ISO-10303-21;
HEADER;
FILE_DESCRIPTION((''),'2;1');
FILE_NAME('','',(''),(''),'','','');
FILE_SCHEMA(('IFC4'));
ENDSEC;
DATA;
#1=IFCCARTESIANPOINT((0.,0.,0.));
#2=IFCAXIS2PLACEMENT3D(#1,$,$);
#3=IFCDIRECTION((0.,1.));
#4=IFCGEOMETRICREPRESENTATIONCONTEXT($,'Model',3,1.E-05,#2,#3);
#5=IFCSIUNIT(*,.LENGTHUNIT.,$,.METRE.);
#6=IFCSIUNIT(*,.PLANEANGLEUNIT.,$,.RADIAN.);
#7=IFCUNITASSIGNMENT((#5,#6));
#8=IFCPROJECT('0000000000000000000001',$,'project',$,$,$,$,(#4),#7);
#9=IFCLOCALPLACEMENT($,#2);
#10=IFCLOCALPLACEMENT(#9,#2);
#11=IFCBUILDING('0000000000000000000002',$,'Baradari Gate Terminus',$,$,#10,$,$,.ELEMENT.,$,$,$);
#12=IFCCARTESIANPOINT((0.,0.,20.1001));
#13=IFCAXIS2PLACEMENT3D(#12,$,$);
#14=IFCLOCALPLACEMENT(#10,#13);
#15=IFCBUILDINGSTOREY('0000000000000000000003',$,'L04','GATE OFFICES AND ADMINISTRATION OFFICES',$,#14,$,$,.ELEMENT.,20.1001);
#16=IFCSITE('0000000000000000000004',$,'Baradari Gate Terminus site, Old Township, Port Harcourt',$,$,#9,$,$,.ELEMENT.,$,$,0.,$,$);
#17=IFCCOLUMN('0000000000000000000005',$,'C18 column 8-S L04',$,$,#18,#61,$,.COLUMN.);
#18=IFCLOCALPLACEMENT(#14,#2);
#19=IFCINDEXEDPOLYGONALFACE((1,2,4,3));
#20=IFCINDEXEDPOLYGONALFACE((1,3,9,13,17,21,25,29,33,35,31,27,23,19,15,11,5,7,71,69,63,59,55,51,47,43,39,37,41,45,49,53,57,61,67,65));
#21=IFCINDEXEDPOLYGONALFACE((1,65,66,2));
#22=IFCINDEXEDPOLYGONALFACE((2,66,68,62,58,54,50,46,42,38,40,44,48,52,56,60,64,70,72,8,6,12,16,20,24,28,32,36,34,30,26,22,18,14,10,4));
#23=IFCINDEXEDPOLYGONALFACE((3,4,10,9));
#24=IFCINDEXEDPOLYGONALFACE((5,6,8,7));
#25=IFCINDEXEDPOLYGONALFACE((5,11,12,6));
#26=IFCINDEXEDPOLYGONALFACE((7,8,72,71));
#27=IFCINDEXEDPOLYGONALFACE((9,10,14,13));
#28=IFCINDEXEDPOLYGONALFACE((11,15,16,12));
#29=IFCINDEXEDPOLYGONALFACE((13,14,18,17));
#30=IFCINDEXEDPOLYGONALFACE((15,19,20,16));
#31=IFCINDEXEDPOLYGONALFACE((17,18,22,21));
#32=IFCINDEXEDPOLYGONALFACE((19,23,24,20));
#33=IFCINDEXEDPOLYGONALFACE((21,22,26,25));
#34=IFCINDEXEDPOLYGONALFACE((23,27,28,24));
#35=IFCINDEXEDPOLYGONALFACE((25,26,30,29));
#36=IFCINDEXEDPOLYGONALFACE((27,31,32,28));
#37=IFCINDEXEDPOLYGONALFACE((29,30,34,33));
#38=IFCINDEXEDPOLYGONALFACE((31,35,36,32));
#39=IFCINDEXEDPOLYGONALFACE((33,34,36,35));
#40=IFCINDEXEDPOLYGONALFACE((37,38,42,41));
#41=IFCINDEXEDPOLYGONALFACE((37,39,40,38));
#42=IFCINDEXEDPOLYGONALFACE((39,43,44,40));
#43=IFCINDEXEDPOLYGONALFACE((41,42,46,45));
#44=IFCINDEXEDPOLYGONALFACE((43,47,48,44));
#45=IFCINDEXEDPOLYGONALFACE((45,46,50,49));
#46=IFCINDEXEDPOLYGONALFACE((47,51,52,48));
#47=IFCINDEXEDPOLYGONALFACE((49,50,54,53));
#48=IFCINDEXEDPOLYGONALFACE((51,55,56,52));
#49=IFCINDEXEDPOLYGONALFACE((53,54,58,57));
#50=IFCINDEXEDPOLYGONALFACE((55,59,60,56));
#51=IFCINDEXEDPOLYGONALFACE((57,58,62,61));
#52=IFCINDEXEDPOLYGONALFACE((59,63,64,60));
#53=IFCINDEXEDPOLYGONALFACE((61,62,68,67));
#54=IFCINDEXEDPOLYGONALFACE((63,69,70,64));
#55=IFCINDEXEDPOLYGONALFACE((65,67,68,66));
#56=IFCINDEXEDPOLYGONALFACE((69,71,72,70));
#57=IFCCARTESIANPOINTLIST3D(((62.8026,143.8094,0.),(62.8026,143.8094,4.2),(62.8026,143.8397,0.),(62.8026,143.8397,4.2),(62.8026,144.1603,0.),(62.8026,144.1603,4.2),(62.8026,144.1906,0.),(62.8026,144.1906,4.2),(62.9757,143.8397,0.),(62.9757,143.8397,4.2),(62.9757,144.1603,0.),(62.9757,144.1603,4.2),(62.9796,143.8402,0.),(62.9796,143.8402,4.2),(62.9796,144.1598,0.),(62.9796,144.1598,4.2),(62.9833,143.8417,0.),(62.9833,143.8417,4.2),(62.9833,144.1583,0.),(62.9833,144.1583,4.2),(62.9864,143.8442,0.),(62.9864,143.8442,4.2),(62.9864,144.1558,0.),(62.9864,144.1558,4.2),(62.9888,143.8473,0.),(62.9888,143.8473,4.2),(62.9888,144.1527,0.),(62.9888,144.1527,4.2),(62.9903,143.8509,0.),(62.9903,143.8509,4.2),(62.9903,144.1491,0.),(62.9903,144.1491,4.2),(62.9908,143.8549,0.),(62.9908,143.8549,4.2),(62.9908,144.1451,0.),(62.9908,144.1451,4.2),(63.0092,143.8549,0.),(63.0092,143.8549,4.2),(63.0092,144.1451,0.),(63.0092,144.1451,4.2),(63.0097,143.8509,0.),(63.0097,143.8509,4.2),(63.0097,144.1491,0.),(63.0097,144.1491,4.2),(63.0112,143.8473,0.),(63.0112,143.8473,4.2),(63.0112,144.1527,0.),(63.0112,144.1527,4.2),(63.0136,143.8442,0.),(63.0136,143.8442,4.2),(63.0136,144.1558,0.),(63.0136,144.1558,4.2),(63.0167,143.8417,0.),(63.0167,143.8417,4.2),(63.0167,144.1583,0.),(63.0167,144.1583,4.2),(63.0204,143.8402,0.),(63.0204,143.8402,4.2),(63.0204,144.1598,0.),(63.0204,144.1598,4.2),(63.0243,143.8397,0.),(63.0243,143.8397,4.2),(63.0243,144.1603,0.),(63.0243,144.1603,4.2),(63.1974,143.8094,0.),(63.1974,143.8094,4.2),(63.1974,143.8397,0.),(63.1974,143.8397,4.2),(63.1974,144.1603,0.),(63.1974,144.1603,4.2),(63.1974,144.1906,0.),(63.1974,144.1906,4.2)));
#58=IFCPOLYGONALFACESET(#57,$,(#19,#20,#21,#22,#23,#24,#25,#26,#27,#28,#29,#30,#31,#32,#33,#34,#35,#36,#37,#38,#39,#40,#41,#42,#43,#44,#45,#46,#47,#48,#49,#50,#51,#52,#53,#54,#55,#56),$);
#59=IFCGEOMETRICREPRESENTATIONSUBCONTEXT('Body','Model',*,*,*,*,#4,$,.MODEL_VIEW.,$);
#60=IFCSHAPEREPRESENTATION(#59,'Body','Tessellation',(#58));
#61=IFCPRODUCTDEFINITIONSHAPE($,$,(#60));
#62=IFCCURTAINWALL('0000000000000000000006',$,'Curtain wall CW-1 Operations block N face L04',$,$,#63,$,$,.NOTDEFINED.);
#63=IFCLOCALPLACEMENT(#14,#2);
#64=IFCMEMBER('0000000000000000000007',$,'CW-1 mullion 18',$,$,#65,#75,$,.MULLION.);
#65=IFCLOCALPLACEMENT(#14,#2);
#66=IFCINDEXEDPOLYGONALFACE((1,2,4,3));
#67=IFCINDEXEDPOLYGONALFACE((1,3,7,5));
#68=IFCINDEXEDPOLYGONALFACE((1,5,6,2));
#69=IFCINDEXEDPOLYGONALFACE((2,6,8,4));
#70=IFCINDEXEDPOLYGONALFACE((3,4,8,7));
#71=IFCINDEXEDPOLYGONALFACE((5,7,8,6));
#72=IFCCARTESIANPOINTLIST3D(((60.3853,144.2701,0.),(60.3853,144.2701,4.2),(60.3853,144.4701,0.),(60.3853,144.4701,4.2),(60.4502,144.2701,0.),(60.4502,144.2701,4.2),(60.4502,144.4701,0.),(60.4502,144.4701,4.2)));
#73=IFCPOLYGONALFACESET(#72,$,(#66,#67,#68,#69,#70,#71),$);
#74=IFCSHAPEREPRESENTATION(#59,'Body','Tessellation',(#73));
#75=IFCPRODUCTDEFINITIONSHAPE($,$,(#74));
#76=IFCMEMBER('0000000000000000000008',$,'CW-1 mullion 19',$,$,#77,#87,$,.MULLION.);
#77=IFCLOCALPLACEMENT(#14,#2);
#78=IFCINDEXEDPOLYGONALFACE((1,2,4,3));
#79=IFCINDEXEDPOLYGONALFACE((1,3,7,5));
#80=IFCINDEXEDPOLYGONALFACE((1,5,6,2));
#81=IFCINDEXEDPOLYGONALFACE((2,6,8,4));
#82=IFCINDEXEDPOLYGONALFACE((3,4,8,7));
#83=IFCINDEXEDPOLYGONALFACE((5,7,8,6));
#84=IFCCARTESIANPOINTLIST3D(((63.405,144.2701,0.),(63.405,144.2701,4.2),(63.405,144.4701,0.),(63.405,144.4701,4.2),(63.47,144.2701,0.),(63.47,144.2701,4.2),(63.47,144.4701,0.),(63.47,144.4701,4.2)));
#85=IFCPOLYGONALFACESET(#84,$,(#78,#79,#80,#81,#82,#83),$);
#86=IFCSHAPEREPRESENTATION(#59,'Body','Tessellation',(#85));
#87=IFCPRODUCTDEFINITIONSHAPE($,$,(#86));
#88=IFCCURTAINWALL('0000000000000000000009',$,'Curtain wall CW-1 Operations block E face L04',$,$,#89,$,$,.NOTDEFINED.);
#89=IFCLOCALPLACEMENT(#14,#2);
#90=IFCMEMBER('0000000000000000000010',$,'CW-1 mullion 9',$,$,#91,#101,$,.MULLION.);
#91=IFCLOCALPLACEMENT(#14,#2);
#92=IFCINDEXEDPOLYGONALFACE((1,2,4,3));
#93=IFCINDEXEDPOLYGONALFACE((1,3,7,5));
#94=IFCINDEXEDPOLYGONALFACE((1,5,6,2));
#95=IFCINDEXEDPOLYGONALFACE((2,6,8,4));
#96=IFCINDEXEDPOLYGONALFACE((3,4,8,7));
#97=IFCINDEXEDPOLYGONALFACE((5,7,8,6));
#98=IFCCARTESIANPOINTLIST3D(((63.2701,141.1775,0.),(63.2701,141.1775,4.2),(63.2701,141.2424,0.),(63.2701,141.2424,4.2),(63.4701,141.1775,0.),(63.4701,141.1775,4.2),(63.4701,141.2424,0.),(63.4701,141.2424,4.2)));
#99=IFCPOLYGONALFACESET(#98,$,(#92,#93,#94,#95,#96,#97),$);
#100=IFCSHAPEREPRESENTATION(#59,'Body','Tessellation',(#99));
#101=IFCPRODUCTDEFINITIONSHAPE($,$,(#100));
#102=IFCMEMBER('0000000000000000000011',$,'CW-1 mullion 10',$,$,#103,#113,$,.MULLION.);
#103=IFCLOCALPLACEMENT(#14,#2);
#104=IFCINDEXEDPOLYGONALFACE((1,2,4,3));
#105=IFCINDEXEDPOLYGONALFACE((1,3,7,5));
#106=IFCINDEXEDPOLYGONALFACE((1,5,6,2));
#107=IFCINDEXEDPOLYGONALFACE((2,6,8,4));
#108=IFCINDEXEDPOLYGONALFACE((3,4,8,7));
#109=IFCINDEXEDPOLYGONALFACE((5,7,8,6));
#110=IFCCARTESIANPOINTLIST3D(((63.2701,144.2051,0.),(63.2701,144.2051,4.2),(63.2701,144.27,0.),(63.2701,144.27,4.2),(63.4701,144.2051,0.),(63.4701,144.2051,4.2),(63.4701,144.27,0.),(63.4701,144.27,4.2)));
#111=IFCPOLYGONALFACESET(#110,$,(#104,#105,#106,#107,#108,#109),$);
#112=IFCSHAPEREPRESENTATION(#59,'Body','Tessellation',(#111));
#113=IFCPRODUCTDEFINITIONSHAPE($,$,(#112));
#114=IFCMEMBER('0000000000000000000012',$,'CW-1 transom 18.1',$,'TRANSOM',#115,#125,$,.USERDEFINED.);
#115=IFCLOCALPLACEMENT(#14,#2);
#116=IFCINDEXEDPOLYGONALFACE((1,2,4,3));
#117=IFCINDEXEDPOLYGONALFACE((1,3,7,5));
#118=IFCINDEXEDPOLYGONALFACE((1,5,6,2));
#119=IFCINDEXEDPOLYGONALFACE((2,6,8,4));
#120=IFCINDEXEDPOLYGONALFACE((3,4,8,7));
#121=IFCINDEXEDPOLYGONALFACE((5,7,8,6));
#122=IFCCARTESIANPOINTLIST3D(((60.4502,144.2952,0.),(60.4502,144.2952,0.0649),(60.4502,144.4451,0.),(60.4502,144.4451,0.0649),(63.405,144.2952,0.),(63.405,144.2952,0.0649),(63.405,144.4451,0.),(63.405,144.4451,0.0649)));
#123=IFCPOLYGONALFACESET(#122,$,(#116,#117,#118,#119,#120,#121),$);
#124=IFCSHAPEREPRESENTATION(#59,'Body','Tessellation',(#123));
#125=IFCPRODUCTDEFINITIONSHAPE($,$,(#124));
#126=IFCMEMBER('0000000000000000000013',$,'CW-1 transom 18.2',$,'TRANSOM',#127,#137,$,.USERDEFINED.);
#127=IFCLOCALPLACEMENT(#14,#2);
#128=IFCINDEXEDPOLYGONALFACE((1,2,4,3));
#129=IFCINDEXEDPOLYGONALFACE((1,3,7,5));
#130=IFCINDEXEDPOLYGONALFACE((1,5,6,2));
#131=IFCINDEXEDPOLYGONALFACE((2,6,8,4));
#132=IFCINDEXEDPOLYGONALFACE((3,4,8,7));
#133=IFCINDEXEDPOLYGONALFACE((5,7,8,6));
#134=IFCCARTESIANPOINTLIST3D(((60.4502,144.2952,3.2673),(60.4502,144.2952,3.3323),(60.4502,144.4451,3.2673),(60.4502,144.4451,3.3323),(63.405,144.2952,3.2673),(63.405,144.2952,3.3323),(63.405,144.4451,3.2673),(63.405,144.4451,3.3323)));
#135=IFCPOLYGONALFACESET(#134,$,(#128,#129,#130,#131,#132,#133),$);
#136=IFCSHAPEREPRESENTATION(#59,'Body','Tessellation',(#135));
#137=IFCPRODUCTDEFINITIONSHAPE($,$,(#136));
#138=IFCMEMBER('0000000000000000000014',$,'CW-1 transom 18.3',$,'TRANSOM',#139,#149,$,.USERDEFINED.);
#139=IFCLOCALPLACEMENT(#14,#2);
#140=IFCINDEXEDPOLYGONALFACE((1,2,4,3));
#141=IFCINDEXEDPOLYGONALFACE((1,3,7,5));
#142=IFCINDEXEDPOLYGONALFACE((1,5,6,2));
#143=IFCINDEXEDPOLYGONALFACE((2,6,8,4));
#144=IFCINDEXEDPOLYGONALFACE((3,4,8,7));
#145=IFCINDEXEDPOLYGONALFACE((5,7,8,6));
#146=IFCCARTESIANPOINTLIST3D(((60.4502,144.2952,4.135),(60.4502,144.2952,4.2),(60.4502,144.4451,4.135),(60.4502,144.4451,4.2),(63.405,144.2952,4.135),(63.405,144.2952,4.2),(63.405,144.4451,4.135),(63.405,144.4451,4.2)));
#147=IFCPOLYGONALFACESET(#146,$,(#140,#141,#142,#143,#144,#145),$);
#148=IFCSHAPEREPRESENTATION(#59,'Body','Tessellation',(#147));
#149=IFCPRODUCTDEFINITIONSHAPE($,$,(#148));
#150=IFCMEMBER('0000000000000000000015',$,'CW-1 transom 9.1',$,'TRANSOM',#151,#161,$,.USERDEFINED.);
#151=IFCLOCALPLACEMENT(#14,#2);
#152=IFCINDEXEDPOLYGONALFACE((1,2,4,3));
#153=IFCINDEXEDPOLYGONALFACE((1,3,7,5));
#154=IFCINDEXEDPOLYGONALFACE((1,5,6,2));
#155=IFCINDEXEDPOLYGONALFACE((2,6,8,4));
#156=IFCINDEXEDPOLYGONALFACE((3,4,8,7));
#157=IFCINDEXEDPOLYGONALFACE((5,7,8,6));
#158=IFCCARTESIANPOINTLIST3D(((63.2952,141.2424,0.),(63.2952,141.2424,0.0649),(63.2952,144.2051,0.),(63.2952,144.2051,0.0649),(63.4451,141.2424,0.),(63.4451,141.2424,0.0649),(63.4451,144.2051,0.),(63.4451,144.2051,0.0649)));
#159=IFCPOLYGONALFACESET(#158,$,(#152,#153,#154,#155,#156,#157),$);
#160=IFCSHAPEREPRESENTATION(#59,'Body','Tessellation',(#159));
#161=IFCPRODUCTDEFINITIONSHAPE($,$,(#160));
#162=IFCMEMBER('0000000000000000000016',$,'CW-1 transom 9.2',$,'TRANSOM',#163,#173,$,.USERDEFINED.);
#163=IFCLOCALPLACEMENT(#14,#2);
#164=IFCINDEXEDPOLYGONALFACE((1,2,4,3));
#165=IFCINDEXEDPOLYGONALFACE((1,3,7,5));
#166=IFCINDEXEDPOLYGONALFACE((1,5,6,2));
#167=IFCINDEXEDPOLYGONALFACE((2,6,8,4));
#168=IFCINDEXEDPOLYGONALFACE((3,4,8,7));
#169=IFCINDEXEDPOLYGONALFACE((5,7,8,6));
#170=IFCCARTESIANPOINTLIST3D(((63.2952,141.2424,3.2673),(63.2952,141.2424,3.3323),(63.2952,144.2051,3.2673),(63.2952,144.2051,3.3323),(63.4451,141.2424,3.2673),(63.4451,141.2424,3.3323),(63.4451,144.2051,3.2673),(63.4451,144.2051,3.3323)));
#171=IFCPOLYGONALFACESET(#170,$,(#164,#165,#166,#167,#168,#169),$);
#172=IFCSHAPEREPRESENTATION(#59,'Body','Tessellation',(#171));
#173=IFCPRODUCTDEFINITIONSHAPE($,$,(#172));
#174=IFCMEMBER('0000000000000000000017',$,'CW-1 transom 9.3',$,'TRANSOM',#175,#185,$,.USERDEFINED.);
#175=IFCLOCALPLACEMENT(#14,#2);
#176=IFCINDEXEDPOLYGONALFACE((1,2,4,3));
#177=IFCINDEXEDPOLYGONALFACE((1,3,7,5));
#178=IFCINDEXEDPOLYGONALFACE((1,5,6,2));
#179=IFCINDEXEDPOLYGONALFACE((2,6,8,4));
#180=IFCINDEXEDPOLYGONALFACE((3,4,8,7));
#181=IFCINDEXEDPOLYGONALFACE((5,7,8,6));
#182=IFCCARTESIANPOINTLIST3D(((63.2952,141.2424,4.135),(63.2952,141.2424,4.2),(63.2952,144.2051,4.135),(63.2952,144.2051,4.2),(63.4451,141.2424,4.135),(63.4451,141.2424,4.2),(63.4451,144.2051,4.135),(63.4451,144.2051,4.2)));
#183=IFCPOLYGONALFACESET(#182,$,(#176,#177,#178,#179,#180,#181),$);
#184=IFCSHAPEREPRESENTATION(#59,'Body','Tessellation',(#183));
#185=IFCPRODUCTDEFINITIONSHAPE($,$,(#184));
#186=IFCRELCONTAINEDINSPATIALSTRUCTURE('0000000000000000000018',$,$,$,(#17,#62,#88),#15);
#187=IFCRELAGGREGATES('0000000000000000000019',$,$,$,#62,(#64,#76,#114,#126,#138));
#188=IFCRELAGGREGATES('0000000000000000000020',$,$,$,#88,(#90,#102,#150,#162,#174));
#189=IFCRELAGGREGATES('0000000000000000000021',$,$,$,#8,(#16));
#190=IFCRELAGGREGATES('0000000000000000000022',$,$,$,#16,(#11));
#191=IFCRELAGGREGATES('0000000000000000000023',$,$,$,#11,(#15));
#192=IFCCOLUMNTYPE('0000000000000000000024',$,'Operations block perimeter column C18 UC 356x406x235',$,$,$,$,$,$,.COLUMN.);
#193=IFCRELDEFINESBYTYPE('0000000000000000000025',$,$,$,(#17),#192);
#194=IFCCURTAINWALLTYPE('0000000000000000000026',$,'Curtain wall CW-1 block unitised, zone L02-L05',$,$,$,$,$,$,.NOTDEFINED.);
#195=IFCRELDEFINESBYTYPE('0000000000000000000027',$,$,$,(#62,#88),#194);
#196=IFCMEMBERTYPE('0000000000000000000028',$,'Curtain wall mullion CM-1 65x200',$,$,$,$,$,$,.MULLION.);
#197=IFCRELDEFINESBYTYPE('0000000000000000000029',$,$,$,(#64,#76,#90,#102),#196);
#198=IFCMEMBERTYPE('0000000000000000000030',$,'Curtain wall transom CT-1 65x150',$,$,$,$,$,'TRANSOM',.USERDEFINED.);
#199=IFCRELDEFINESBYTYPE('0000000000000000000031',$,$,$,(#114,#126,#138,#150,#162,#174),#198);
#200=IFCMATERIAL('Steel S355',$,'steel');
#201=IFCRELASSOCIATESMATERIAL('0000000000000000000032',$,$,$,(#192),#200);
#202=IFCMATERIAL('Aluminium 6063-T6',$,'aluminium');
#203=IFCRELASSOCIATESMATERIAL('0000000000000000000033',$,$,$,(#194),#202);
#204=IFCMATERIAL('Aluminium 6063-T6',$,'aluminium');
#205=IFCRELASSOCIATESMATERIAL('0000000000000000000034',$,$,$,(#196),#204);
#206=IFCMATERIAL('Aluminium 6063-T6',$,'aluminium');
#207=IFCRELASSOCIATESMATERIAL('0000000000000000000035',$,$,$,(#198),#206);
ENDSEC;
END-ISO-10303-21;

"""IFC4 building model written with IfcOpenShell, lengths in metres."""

from ifc_helpers import new_model, si_unit, direction, frame, origin, origin_2d, place, context, subcontext, project, spatial, rectangle, i_section, extrude, material, material_profile, profile_set, type_object, element, aggregate, save


model = new_model("IFC4")

# Units and contexts
model_context = context("Model", 3, precision=1e-05, world=origin(), true_north=direction((0.0, 1.0)))
body_context = subcontext(model_context, "Body", "Model", "MODEL_VIEW")
ifc_project = project(units=[si_unit("LENGTHUNIT", "METRE"), si_unit("PLANEANGLEUNIT", "RADIAN")], contexts=[model_context])

# Site, building, storey
site_placement = place(None, origin())
site = spatial("IfcSite", under=ifc_project, at=site_placement, Name="Baradari Gate Terminus site, Old Township, Port Harcourt", CompositionType="ELEMENT", RefElevation=0.0)
building_placement = place(site_placement, origin())
building = spatial("IfcBuilding", under=site, at=building_placement, Name="Baradari Gate Terminus", CompositionType="ELEMENT")
storey_placement = place(building_placement, frame((0.0, 0.0, 20.1001)))
storey = spatial("IfcBuildingStorey", under=building, at=storey_placement, Name="L04", Description="GATE OFFICES AND ADMINISTRATION OFFICES", CompositionType="ELEMENT", Elevation=20.1001)

# Column
ifc_material_1 = material(Name="Steel S355", Category="steel")
ifc_material_profile_1 = material_profile(ifc_material_1, i_section(OverallWidth=0.3948, OverallDepth=0.3811, WebThickness=0.0183, FlangeThickness=0.0303, FilletRadius=0.0151, at=origin_2d()), Name="UC 356x406x235")
ifc_profile_set_1 = profile_set([ifc_material_profile_1], Name="Steel S355")
column_type = type_object("IfcColumnType", Name="Operations block perimeter column C18 UC 356x406x235", PredefinedType="COLUMN", material=ifc_profile_set_1)
column_placement = place(storey_placement, frame((63.0, 144.0, 0.0), z_axis=(0.0, 0.0, 1.0), x_axis=(1.0, 0.0, 0.0)))
element("IfcColumn", 1, at=column_placement, inside=storey, type_object=column_type, Name="C18 column 8-S L04", PredefinedType="COLUMN", context=body_context, shape_type="SweptSolid", body=[
    extrude(i_section(OverallWidth=0.3948, OverallDepth=0.3811, WebThickness=0.0183, FlangeThickness=0.0303, FilletRadius=0.0151, at=origin_2d()), origin(), (0.0, 0.0, 1.0), 4.2),
])

# Curtain walls, members
ifc_material_2 = material(Name="Aluminium 6063-T6", Category="aluminium")
curtain_wall_type = type_object("IfcCurtainWallType", Name="Curtain wall CW-1 block unitised, zone L02-L05", PredefinedType="NOTDEFINED", material=ifc_material_2)
curtain_wall_1_placement = place(storey_placement, origin())
curtain_wall_1 = element("IfcCurtainWall", 2, at=curtain_wall_1_placement, inside=storey, type_object=curtain_wall_type, Name="Curtain wall CW-1 Operations block N face L04", PredefinedType="NOTDEFINED")
ifc_material_3 = material(Name="Aluminium 6063-T6", Category="aluminium")
ifc_material_profile_2 = material_profile(ifc_material_3, rectangle(XDim=0.2, YDim=0.0649, at=origin_2d()), Name="CM-1 65X200")
ifc_profile_set_2 = profile_set([ifc_material_profile_2], Name="Aluminium 6063-T6")
member_type_1 = type_object("IfcMemberType", Name="Curtain wall mullion CM-1 65x200", PredefinedType="MULLION", material=ifc_profile_set_2)
member_1_placement = place(storey_placement, frame((60.4177, 144.3701, 0.0), z_axis=(0.0, 0.0, 1.0), x_axis=(0.0, 1.0, 0.0)))
member_1 = element("IfcMember", 3, at=member_1_placement, type_object=member_type_1, Name="CW-1 mullion 18", PredefinedType="MULLION", context=body_context, shape_type="SweptSolid", body=[
    extrude(rectangle(XDim=0.2, YDim=0.0649, at=origin_2d()), origin(), (0.0, 0.0, 1.0), 4.2),
])
member_2_placement = place(storey_placement, frame((63.4375, 144.3701, 0.0), z_axis=(0.0, 0.0, 1.0), x_axis=(0.0, 1.0, 0.0)))
member_2 = element("IfcMember", 4, at=member_2_placement, type_object=member_type_1, Name="CW-1 mullion 19", PredefinedType="MULLION", context=body_context, shape_type="SweptSolid", body=[
    extrude(rectangle(XDim=0.2, YDim=0.0649, at=origin_2d()), origin(), (0.0, 0.0, 1.0), 4.2),
])
curtain_wall_2_placement = place(storey_placement, origin())
curtain_wall_2 = element("IfcCurtainWall", 5, at=curtain_wall_2_placement, inside=storey, type_object=curtain_wall_type, Name="Curtain wall CW-1 Operations block E face L04", PredefinedType="NOTDEFINED")
member_3_placement = place(storey_placement, frame((63.3701, 141.21, 0.0), z_axis=(0.0, 0.0, 1.0), x_axis=(-1.0, 0.0, 0.0)))
member_3 = element("IfcMember", 6, at=member_3_placement, type_object=member_type_1, Name="CW-1 mullion 9", PredefinedType="MULLION", context=body_context, shape_type="SweptSolid", body=[
    extrude(rectangle(XDim=0.2, YDim=0.0649, at=origin_2d()), origin(), (0.0, 0.0, 1.0), 4.2),
])
member_4_placement = place(storey_placement, frame((63.3701, 144.2375, 0.0), z_axis=(0.0, 0.0, 1.0), x_axis=(-1.0, 0.0, 0.0)))
member_4 = element("IfcMember", 7, at=member_4_placement, type_object=member_type_1, Name="CW-1 mullion 10", PredefinedType="MULLION", context=body_context, shape_type="SweptSolid", body=[
    extrude(rectangle(XDim=0.2, YDim=0.0649, at=origin_2d()), origin(), (0.0, 0.0, 1.0), 4.2),
])

# Members
ifc_material_4 = material(Name="Aluminium 6063-T6", Category="aluminium")
ifc_material_profile_3 = material_profile(ifc_material_4, rectangle(XDim=0.1499, YDim=0.0649, at=origin_2d()), Name="CT-1 65X150")
ifc_profile_set_3 = profile_set([ifc_material_profile_3], Name="Aluminium 6063-T6")
member_type_2 = type_object("IfcMemberType", Name="Curtain wall transom CT-1 65x150", ElementType="TRANSOM", PredefinedType="USERDEFINED", material=ifc_profile_set_3)
member_5_placement = place(storey_placement, frame((60.4502, 144.3701, 0.0325), z_axis=(1.0, 0.0, 0.0), x_axis=(0.0, 1.0, 0.0)))
member_5 = element("IfcMember", 8, at=member_5_placement, type_object=member_type_2, Name="CW-1 transom 18.1", ObjectType="TRANSOM", PredefinedType="USERDEFINED", context=body_context, shape_type="SweptSolid", body=[
    extrude(rectangle(XDim=0.1499, YDim=0.0649, at=origin_2d()), origin(), (0.0, 0.0, 1.0), 2.9548),
])
member_6_placement = place(storey_placement, frame((60.4502, 144.3701, 3.2998), z_axis=(1.0, 0.0, 0.0), x_axis=(0.0, 1.0, 0.0)))
member_6 = element("IfcMember", 9, at=member_6_placement, type_object=member_type_2, Name="CW-1 transom 18.2", ObjectType="TRANSOM", PredefinedType="USERDEFINED", context=body_context, shape_type="SweptSolid", body=[
    extrude(rectangle(XDim=0.1499, YDim=0.0649, at=origin_2d()), origin(), (0.0, 0.0, 1.0), 2.9548),
])
member_7_placement = place(storey_placement, frame((60.4502, 144.3701, 4.1675), z_axis=(1.0, 0.0, 0.0), x_axis=(0.0, 1.0, 0.0)))
member_7 = element("IfcMember", 10, at=member_7_placement, type_object=member_type_2, Name="CW-1 transom 18.3", ObjectType="TRANSOM", PredefinedType="USERDEFINED", context=body_context, shape_type="SweptSolid", body=[
    extrude(rectangle(XDim=0.1499, YDim=0.0649, at=origin_2d()), origin(), (0.0, 0.0, 1.0), 2.9548),
])
member_8_placement = place(storey_placement, frame((63.3701, 141.2424, 0.0325), z_axis=(0.0, 1.0, 0.0), x_axis=(-1.0, 0.0, 0.0)))
member_8 = element("IfcMember", 11, at=member_8_placement, type_object=member_type_2, Name="CW-1 transom 9.1", ObjectType="TRANSOM", PredefinedType="USERDEFINED", context=body_context, shape_type="SweptSolid", body=[
    extrude(rectangle(XDim=0.1499, YDim=0.0649, at=origin_2d()), origin(), (0.0, 0.0, 1.0), 2.9626),
])
member_9_placement = place(storey_placement, frame((63.3701, 141.2424, 3.2998), z_axis=(0.0, 1.0, 0.0), x_axis=(-1.0, 0.0, 0.0)))
member_9 = element("IfcMember", 12, at=member_9_placement, type_object=member_type_2, Name="CW-1 transom 9.2", ObjectType="TRANSOM", PredefinedType="USERDEFINED", context=body_context, shape_type="SweptSolid", body=[
    extrude(rectangle(XDim=0.1499, YDim=0.0649, at=origin_2d()), origin(), (0.0, 0.0, 1.0), 2.9626),
])
member_10_placement = place(storey_placement, frame((63.3701, 141.2424, 4.1675), z_axis=(0.0, 1.0, 0.0), x_axis=(-1.0, 0.0, 0.0)))
member_10 = element("IfcMember", 13, at=member_10_placement, type_object=member_type_2, Name="CW-1 transom 9.3", ObjectType="TRANSOM", PredefinedType="USERDEFINED", context=body_context, shape_type="SweptSolid", body=[
    extrude(rectangle(XDim=0.1499, YDim=0.0649, at=origin_2d()), origin(), (0.0, 0.0, 1.0), 2.9626),
])

aggregate(curtain_wall_1, [member_1, member_2, member_5, member_6, member_7])
aggregate(curtain_wall_2, [member_3, member_4, member_8, member_9, member_10])

save(model, "model.ifc")
